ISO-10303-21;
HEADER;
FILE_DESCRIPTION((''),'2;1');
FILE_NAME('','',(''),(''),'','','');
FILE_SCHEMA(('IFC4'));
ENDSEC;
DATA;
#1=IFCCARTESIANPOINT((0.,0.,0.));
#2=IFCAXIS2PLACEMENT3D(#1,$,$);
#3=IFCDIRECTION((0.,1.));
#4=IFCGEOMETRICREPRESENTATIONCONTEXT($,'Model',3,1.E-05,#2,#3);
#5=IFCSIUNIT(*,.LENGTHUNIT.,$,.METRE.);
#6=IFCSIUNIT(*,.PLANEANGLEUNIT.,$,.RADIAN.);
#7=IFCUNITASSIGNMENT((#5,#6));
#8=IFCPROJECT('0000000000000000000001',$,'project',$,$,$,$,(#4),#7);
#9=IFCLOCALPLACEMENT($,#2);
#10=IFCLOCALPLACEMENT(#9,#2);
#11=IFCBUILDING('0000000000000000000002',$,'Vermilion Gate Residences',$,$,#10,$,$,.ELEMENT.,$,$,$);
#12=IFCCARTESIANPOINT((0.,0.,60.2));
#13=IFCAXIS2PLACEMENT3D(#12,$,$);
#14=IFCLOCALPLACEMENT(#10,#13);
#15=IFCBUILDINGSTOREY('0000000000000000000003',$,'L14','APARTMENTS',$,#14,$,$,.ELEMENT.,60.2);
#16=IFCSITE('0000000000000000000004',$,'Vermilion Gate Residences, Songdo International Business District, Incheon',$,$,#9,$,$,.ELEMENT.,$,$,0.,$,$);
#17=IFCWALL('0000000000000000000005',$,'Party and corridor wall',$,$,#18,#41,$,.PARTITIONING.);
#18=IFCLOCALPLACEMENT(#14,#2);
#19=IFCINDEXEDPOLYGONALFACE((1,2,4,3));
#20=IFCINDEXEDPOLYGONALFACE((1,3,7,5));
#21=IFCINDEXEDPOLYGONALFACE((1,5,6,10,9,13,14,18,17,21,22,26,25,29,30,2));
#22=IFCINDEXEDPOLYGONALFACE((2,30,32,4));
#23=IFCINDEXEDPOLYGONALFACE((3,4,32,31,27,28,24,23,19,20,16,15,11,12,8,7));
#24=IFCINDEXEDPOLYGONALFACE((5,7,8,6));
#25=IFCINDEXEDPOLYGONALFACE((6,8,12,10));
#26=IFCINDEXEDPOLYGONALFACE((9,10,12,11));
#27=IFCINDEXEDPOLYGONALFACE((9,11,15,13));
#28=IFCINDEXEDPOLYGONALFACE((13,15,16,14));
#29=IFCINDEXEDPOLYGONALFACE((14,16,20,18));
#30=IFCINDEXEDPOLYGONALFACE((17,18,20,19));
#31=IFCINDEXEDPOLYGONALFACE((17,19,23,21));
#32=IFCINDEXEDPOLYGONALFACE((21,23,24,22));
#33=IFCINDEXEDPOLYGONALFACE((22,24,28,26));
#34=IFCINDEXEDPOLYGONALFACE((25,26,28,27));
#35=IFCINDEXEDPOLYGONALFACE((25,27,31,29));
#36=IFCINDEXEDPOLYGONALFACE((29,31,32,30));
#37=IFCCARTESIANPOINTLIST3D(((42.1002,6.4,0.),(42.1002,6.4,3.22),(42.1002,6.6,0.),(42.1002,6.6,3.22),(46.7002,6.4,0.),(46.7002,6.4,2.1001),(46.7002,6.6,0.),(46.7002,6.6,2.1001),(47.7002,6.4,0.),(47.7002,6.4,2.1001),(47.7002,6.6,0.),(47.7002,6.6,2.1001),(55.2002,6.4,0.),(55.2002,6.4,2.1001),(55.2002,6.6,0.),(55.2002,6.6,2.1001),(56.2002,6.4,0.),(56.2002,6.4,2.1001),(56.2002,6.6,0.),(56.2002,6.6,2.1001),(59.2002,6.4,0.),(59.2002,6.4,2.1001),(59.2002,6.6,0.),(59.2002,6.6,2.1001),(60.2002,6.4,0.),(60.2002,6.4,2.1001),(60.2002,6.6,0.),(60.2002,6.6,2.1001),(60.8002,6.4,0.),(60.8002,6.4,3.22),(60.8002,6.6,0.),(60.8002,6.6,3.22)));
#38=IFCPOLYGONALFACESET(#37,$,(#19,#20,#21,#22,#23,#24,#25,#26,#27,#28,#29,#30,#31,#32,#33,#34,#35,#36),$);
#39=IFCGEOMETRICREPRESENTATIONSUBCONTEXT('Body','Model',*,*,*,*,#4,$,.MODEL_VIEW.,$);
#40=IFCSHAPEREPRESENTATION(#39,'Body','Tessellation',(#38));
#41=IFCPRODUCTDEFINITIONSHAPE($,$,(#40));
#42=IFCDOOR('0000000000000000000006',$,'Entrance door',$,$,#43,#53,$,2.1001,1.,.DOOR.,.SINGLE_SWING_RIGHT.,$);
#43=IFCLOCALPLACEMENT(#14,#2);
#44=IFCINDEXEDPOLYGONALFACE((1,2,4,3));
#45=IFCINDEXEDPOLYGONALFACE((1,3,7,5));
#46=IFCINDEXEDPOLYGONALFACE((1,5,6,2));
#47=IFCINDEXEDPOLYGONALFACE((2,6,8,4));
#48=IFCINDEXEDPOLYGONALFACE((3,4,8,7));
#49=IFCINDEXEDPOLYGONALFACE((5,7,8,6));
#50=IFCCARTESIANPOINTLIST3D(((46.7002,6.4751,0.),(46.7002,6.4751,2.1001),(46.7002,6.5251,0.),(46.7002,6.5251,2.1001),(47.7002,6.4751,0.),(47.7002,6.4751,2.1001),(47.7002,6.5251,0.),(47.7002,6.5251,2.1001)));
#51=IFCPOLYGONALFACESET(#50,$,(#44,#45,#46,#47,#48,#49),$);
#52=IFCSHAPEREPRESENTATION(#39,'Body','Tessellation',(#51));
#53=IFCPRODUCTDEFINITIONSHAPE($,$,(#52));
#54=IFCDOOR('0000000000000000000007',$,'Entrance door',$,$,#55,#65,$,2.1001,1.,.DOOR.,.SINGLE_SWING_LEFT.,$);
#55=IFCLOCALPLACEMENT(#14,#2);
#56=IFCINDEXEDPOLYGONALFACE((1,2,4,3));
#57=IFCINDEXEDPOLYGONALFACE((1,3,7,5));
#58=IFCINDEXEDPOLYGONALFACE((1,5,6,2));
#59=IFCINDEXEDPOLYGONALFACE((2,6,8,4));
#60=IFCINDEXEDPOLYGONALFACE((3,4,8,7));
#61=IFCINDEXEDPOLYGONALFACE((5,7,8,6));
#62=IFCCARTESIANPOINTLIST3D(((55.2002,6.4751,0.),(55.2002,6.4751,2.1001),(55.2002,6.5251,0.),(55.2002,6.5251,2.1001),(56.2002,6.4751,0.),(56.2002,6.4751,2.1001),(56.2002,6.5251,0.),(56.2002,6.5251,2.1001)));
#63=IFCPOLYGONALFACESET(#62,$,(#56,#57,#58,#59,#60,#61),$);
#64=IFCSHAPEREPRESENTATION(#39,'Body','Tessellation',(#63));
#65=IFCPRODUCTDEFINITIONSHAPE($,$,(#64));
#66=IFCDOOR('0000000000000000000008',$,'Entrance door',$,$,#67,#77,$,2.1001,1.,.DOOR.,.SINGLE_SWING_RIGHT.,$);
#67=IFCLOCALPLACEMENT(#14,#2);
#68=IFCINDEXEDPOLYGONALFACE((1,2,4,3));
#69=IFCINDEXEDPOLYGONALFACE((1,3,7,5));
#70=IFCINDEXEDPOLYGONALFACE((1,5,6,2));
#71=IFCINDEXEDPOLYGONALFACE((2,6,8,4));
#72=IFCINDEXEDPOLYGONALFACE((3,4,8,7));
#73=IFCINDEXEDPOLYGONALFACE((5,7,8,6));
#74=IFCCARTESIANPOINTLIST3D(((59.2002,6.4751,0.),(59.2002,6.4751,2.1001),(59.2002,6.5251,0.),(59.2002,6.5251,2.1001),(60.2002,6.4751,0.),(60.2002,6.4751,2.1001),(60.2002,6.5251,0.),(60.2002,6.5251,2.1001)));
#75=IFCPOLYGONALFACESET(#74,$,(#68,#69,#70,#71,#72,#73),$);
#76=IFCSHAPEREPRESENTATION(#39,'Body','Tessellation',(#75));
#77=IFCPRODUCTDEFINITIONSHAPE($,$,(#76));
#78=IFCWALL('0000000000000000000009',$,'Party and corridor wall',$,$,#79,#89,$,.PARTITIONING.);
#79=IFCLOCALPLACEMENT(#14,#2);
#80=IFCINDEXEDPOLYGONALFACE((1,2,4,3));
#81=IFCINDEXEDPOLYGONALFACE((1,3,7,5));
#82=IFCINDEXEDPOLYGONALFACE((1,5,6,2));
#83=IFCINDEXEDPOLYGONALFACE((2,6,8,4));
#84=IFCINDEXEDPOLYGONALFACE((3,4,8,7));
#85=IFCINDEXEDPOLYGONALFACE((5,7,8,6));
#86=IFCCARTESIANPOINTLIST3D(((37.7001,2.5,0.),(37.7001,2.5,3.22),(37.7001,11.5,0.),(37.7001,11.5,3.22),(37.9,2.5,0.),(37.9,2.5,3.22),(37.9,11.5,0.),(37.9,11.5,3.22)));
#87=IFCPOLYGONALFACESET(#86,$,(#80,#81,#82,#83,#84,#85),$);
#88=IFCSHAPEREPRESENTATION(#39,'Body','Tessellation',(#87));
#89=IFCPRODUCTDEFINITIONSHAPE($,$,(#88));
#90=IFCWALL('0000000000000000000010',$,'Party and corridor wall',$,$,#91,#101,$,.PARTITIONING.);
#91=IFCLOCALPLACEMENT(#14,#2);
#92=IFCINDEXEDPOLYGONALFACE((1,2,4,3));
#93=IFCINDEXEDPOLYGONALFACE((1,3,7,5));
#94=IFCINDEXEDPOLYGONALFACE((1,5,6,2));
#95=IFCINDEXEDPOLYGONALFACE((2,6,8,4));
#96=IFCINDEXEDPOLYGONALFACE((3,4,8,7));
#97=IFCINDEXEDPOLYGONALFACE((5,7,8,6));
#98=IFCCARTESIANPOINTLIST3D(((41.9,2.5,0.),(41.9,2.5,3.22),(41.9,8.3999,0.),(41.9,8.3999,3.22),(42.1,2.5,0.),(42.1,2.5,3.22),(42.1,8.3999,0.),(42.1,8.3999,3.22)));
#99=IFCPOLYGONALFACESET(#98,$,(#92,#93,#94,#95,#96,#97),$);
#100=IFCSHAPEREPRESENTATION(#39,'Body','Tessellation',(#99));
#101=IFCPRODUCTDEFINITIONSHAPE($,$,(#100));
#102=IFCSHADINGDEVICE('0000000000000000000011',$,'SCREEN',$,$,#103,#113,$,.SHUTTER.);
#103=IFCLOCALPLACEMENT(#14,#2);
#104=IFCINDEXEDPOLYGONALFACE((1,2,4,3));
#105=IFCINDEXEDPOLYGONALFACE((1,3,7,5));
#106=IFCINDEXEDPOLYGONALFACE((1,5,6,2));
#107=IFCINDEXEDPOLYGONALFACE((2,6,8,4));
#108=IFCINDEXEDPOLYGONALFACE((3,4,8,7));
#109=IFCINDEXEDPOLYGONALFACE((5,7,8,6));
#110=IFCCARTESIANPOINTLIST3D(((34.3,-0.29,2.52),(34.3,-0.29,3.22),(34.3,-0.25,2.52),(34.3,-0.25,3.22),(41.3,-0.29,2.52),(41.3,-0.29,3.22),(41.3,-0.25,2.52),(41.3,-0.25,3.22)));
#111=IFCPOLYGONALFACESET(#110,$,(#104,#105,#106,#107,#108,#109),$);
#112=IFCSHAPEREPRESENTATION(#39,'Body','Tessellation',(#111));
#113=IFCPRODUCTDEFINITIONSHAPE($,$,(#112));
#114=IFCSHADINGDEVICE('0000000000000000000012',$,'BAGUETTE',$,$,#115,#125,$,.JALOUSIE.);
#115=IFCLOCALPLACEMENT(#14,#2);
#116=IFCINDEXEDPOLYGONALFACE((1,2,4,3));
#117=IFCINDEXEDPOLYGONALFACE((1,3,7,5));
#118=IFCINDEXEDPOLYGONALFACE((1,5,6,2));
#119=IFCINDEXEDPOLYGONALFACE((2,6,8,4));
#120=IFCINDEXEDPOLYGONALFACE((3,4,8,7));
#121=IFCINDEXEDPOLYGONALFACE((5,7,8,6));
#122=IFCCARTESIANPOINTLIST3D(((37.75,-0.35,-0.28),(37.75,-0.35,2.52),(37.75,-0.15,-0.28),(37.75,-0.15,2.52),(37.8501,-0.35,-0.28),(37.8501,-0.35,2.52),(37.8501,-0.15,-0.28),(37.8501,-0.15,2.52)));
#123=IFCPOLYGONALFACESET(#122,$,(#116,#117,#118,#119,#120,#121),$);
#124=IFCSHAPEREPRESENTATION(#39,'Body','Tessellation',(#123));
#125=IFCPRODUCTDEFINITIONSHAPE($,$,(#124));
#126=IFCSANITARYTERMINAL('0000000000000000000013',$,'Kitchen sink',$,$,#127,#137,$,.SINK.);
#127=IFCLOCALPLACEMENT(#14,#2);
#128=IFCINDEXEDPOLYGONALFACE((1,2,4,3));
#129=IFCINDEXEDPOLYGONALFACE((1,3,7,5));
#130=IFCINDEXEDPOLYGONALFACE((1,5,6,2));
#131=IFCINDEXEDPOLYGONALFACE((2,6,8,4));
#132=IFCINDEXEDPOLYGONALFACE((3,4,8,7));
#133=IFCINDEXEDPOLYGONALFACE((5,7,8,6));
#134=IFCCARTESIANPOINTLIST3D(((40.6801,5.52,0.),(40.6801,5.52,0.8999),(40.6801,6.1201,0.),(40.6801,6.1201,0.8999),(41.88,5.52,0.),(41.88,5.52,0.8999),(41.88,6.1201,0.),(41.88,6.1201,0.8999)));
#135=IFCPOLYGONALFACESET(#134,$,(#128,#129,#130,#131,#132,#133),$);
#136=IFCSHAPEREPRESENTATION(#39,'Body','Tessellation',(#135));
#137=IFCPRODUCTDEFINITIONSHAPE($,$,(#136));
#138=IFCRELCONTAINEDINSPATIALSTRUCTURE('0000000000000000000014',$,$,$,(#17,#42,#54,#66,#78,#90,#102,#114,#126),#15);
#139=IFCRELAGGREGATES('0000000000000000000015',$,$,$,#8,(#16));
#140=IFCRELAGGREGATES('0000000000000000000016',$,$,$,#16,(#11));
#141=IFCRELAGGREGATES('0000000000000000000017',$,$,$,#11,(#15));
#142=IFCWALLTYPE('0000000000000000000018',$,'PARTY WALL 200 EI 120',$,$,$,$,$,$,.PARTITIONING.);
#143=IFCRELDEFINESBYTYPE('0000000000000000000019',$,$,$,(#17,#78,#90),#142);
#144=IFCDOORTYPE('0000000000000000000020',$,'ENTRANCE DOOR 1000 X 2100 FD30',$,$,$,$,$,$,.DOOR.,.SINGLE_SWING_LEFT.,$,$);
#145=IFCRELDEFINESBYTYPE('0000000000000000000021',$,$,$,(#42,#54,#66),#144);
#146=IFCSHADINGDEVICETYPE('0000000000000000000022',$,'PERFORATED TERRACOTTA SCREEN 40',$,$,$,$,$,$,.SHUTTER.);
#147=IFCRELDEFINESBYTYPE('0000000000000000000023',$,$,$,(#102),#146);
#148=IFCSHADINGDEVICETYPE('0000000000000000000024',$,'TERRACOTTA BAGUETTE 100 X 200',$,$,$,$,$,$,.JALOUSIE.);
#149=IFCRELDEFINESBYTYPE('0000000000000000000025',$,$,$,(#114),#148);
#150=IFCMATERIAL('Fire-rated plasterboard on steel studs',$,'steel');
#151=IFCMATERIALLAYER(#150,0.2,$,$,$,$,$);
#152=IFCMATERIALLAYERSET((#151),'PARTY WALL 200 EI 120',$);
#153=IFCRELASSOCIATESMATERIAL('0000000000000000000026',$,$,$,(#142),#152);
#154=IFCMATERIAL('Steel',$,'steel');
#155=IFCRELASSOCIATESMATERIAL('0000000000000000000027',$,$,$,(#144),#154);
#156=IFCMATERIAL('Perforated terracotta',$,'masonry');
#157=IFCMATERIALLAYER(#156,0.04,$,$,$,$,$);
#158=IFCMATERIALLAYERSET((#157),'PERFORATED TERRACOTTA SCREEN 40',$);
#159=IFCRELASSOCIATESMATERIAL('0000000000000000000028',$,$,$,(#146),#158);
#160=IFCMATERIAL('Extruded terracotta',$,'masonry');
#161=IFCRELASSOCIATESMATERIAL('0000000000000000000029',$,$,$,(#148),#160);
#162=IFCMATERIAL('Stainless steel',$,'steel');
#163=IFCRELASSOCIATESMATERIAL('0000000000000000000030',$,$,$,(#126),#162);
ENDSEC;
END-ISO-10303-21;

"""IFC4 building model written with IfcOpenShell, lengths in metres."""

from ifc_helpers import new_model, si_unit, direction, frame, frame_2d, origin, origin_2d, place, context, subcontext, project, spatial, rectangle, extrude, material, layer, layer_set, material_profile, profile_set, type_object, element, fill, save


model = new_model("IFC4")

# Units and contexts
model_context = context("Model", 3, precision=1e-05, world=origin(), true_north=direction((0.0, 1.0)))
body_context = subcontext(model_context, "Body", "Model", "MODEL_VIEW")
ifc_project = project(units=[si_unit("LENGTHUNIT", "METRE"), si_unit("PLANEANGLEUNIT", "RADIAN")], contexts=[model_context])

# Site, building, storey
site_placement = place(None, origin())
site = spatial("IfcSite", under=ifc_project, at=site_placement, Name="Vermilion Gate Residences, Songdo International Business District, Incheon", CompositionType="ELEMENT", RefElevation=0.0)
building_placement = place(site_placement, origin())
building = spatial("IfcBuilding", under=site, at=building_placement, Name="Vermilion Gate Residences", CompositionType="ELEMENT")
storey_placement = place(building_placement, frame((0.0, 0.0, 60.2)))
storey = spatial("IfcBuildingStorey", under=building, at=storey_placement, Name="L14", Description="APARTMENTS", CompositionType="ELEMENT", Elevation=60.2)

# Wall, openings, doors
ifc_material_1 = material(Name="Fire-rated plasterboard on steel studs", Category="steel")
ifc_layer_1 = layer(ifc_material_1, 0.2)
ifc_layer_set_1 = layer_set([ifc_layer_1], Name="PARTY WALL 200 EI 120")
wall_type_1 = type_object("IfcWallType", Name="PARTY WALL 200 EI 120", PredefinedType="PARTITIONING", material=ifc_layer_set_1)
wall_1_placement = place(storey_placement, frame((42.1001, 6.5, 0.0), z_axis=(0.0, 0.0, 1.0), x_axis=(1.0, 0.0, 0.0)))
wall_1 = element("IfcWall", 1, at=wall_1_placement, inside=storey, type_object=wall_type_1, Name="Party and corridor wall", PredefinedType="PARTITIONING", context=body_context, shape_type="SweptSolid", body=[
    extrude(rectangle(XDim=18.7, YDim=0.2, at=frame_2d((9.3501, 0.0))), origin(), (0.0, 0.0, 1.0), 3.22),
])
opening_1_placement = place(wall_1_placement, frame((4.6001, 0.0, 0.0)))
opening_1 = element("IfcOpeningElement", 2, at=opening_1_placement, cuts=wall_1, PredefinedType="OPENING", context=body_context, shape_type="SweptSolid", body=[
    extrude(rectangle(XDim=1.0, YDim=2.1001, at=frame_2d((0.5, 1.05))), frame((0.0, 0.1099, 0.0), z_axis=(0.0, -1.0, 0.0), x_axis=(1.0, 0.0, 0.0)), (0.0, 0.0, 1.0), 0.22),
])
opening_2_placement = place(wall_1_placement, frame((13.1001, 0.0, 0.0)))
opening_2 = element("IfcOpeningElement", 3, at=opening_2_placement, cuts=wall_1, PredefinedType="OPENING", context=body_context, shape_type="SweptSolid", body=[
    extrude(rectangle(XDim=1.0, YDim=2.1001, at=frame_2d((0.5, 1.05))), frame((0.0, 0.1099, 0.0), z_axis=(0.0, -1.0, 0.0), x_axis=(1.0, 0.0, 0.0)), (0.0, 0.0, 1.0), 0.22),
])
opening_3_placement = place(wall_1_placement, frame((17.1001, 0.0, 0.0)))
opening_3 = element("IfcOpeningElement", 4, at=opening_3_placement, cuts=wall_1, PredefinedType="OPENING", context=body_context, shape_type="SweptSolid", body=[
    extrude(rectangle(XDim=1.0, YDim=2.1001, at=frame_2d((0.5, 1.05))), frame((0.0, 0.1099, 0.0), z_axis=(0.0, -1.0, 0.0), x_axis=(1.0, 0.0, 0.0)), (0.0, 0.0, 1.0), 0.22),
])
ifc_material_2 = material(Name="Steel", Category="steel")
door_type_1 = type_object("IfcDoorType", Name="ENTRANCE DOOR 1000 X 2100 FD30", OperationType="SINGLE_SWING_LEFT", PredefinedType="DOOR", material=ifc_material_2)
door_1_placement = place(opening_1_placement, frame((1.0, 0.0, 0.0), z_axis=(0.0, 0.0, 1.0), x_axis=(-1.0, 0.0, 0.0)))
door_1 = element("IfcDoor", 5, at=door_1_placement, inside=storey, type_object=door_type_1, Name="Entrance door", OperationType="SINGLE_SWING_RIGHT", OverallHeight=2.1001, OverallWidth=1.0, PredefinedType="DOOR", context=body_context, shape_type="SweptSolid", body=[
    extrude(rectangle(XDim=1.0, YDim=2.1001, at=frame_2d((0.5, 1.05))), frame((0.0, 0.0249, 0.0), z_axis=(0.0, -1.0, 0.0), x_axis=(1.0, 0.0, 0.0)), (0.0, 0.0, 1.0), 0.05),
])
fill(opening_1, door_1)
door_2_placement = place(opening_2_placement, frame((1.0, 0.0, 0.0), z_axis=(0.0, 0.0, 1.0), x_axis=(-1.0, 0.0, 0.0)))
door_2 = element("IfcDoor", 6, at=door_2_placement, inside=storey, type_object=door_type_1, Name="Entrance door", OperationType="SINGLE_SWING_LEFT", OverallHeight=2.1001, OverallWidth=1.0, PredefinedType="DOOR", context=body_context, shape_type="SweptSolid", body=[
    extrude(rectangle(XDim=1.0, YDim=2.1001, at=frame_2d((0.5, 1.05))), frame((0.0, 0.0249, 0.0), z_axis=(0.0, -1.0, 0.0), x_axis=(1.0, 0.0, 0.0)), (0.0, 0.0, 1.0), 0.05),
])
fill(opening_2, door_2)
door_3_placement = place(opening_3_placement, frame((1.0, 0.0, 0.0), z_axis=(0.0, 0.0, 1.0), x_axis=(-1.0, 0.0, 0.0)))
door_3 = element("IfcDoor", 7, at=door_3_placement, inside=storey, type_object=door_type_1, Name="Entrance door", OperationType="SINGLE_SWING_RIGHT", OverallHeight=2.1001, OverallWidth=1.0, PredefinedType="DOOR", context=body_context, shape_type="SweptSolid", body=[
    extrude(rectangle(XDim=1.0, YDim=2.1001, at=frame_2d((0.5, 1.05))), frame((0.0, 0.0249, 0.0), z_axis=(0.0, -1.0, 0.0), x_axis=(1.0, 0.0, 0.0)), (0.0, 0.0, 1.0), 0.05),
])
fill(opening_3, door_3)

# Walls
wall_2_placement = place(storey_placement, frame((37.8, 2.5, 0.0), z_axis=(0.0, 0.0, 1.0), x_axis=(0.0, 1.0, 0.0)))
element("IfcWall", 8, at=wall_2_placement, inside=storey, type_object=wall_type_1, Name="Party and corridor wall", PredefinedType="PARTITIONING", context=body_context, shape_type="SweptSolid", body=[
    extrude(rectangle(XDim=9.0, YDim=0.2, at=frame_2d((4.5, 0.0))), origin(), (0.0, 0.0, 1.0), 3.22),
])
wall_3_placement = place(storey_placement, frame((42.0, 2.5, 0.0), z_axis=(0.0, 0.0, 1.0), x_axis=(0.0, 1.0, 0.0)))
element("IfcWall", 9, at=wall_3_placement, inside=storey, type_object=wall_type_1, Name="Party and corridor wall", PredefinedType="PARTITIONING", context=body_context, shape_type="SweptSolid", body=[
    extrude(rectangle(XDim=5.8999, YDim=0.2, at=frame_2d((2.95, 0.0))), origin(), (0.0, 0.0, 1.0), 3.22),
])

# Shading devices
ifc_material_3 = material(Name="Perforated terracotta", Category="masonry")
ifc_layer_2 = layer(ifc_material_3, 0.04)
ifc_layer_set_2 = layer_set([ifc_layer_2], Name="PERFORATED TERRACOTTA SCREEN 40")
shading_device_type_1 = type_object("IfcShadingDeviceType", Name="PERFORATED TERRACOTTA SCREEN 40", PredefinedType="SHUTTER", material=ifc_layer_set_2)
shading_device_1_placement = place(storey_placement, frame((37.8, -0.27, 2.52), z_axis=(0.0, 0.0, 1.0), x_axis=(1.0, 0.0, 0.0)))
element("IfcShadingDevice", 10, at=shading_device_1_placement, inside=storey, type_object=shading_device_type_1, Name="SCREEN", PredefinedType="SHUTTER", context=body_context, shape_type="SweptSolid", body=[
    extrude(rectangle(XDim=7.0, YDim=0.04, at=origin_2d()), origin(), (0.0, 0.0, 1.0), 0.7),
])
ifc_material_4 = material(Name="Extruded terracotta", Category="masonry")
ifc_material_profile_1 = material_profile(ifc_material_4, rectangle(XDim=0.2, YDim=0.1001, at=origin_2d()), Name="BAGUETTE 100 X 200")
ifc_profile_set_1 = profile_set([ifc_material_profile_1], Name="Extruded terracotta")
shading_device_type_2 = type_object("IfcShadingDeviceType", Name="TERRACOTTA BAGUETTE 100 X 200", PredefinedType="JALOUSIE", material=ifc_profile_set_1)
shading_device_2_placement = place(storey_placement, frame((37.8, -0.25, -0.28), z_axis=(0.0, 0.0, 1.0), x_axis=(0.0, 1.0, 0.0)))
element("IfcShadingDevice", 11, at=shading_device_2_placement, inside=storey, type_object=shading_device_type_2, Name="BAGUETTE", PredefinedType="JALOUSIE", context=body_context, shape_type="SweptSolid", body=[
    extrude(rectangle(XDim=0.2, YDim=0.1001, at=origin_2d()), origin(), (0.0, 0.0, 1.0), 2.8),
])

# Sanitary terminal
ifc_material_5 = material(Name="Stainless steel", Category="steel")
sanitary_terminal_placement = place(storey_placement, frame((41.28, 5.8201, 0.0), z_axis=(0.0, 0.0, 1.0), x_axis=(1.0, 0.0, 0.0)))
element("IfcSanitaryTerminal", 12, at=sanitary_terminal_placement, inside=storey, material=ifc_material_5, Name="Kitchen sink", PredefinedType="SINK", context=body_context, shape_type="SweptSolid", body=[
    extrude(rectangle(XDim=1.2, YDim=0.6001, at=origin_2d()), origin(), (0.0, 0.0, 1.0), 0.8999),
])

save(model, "model.ifc")
